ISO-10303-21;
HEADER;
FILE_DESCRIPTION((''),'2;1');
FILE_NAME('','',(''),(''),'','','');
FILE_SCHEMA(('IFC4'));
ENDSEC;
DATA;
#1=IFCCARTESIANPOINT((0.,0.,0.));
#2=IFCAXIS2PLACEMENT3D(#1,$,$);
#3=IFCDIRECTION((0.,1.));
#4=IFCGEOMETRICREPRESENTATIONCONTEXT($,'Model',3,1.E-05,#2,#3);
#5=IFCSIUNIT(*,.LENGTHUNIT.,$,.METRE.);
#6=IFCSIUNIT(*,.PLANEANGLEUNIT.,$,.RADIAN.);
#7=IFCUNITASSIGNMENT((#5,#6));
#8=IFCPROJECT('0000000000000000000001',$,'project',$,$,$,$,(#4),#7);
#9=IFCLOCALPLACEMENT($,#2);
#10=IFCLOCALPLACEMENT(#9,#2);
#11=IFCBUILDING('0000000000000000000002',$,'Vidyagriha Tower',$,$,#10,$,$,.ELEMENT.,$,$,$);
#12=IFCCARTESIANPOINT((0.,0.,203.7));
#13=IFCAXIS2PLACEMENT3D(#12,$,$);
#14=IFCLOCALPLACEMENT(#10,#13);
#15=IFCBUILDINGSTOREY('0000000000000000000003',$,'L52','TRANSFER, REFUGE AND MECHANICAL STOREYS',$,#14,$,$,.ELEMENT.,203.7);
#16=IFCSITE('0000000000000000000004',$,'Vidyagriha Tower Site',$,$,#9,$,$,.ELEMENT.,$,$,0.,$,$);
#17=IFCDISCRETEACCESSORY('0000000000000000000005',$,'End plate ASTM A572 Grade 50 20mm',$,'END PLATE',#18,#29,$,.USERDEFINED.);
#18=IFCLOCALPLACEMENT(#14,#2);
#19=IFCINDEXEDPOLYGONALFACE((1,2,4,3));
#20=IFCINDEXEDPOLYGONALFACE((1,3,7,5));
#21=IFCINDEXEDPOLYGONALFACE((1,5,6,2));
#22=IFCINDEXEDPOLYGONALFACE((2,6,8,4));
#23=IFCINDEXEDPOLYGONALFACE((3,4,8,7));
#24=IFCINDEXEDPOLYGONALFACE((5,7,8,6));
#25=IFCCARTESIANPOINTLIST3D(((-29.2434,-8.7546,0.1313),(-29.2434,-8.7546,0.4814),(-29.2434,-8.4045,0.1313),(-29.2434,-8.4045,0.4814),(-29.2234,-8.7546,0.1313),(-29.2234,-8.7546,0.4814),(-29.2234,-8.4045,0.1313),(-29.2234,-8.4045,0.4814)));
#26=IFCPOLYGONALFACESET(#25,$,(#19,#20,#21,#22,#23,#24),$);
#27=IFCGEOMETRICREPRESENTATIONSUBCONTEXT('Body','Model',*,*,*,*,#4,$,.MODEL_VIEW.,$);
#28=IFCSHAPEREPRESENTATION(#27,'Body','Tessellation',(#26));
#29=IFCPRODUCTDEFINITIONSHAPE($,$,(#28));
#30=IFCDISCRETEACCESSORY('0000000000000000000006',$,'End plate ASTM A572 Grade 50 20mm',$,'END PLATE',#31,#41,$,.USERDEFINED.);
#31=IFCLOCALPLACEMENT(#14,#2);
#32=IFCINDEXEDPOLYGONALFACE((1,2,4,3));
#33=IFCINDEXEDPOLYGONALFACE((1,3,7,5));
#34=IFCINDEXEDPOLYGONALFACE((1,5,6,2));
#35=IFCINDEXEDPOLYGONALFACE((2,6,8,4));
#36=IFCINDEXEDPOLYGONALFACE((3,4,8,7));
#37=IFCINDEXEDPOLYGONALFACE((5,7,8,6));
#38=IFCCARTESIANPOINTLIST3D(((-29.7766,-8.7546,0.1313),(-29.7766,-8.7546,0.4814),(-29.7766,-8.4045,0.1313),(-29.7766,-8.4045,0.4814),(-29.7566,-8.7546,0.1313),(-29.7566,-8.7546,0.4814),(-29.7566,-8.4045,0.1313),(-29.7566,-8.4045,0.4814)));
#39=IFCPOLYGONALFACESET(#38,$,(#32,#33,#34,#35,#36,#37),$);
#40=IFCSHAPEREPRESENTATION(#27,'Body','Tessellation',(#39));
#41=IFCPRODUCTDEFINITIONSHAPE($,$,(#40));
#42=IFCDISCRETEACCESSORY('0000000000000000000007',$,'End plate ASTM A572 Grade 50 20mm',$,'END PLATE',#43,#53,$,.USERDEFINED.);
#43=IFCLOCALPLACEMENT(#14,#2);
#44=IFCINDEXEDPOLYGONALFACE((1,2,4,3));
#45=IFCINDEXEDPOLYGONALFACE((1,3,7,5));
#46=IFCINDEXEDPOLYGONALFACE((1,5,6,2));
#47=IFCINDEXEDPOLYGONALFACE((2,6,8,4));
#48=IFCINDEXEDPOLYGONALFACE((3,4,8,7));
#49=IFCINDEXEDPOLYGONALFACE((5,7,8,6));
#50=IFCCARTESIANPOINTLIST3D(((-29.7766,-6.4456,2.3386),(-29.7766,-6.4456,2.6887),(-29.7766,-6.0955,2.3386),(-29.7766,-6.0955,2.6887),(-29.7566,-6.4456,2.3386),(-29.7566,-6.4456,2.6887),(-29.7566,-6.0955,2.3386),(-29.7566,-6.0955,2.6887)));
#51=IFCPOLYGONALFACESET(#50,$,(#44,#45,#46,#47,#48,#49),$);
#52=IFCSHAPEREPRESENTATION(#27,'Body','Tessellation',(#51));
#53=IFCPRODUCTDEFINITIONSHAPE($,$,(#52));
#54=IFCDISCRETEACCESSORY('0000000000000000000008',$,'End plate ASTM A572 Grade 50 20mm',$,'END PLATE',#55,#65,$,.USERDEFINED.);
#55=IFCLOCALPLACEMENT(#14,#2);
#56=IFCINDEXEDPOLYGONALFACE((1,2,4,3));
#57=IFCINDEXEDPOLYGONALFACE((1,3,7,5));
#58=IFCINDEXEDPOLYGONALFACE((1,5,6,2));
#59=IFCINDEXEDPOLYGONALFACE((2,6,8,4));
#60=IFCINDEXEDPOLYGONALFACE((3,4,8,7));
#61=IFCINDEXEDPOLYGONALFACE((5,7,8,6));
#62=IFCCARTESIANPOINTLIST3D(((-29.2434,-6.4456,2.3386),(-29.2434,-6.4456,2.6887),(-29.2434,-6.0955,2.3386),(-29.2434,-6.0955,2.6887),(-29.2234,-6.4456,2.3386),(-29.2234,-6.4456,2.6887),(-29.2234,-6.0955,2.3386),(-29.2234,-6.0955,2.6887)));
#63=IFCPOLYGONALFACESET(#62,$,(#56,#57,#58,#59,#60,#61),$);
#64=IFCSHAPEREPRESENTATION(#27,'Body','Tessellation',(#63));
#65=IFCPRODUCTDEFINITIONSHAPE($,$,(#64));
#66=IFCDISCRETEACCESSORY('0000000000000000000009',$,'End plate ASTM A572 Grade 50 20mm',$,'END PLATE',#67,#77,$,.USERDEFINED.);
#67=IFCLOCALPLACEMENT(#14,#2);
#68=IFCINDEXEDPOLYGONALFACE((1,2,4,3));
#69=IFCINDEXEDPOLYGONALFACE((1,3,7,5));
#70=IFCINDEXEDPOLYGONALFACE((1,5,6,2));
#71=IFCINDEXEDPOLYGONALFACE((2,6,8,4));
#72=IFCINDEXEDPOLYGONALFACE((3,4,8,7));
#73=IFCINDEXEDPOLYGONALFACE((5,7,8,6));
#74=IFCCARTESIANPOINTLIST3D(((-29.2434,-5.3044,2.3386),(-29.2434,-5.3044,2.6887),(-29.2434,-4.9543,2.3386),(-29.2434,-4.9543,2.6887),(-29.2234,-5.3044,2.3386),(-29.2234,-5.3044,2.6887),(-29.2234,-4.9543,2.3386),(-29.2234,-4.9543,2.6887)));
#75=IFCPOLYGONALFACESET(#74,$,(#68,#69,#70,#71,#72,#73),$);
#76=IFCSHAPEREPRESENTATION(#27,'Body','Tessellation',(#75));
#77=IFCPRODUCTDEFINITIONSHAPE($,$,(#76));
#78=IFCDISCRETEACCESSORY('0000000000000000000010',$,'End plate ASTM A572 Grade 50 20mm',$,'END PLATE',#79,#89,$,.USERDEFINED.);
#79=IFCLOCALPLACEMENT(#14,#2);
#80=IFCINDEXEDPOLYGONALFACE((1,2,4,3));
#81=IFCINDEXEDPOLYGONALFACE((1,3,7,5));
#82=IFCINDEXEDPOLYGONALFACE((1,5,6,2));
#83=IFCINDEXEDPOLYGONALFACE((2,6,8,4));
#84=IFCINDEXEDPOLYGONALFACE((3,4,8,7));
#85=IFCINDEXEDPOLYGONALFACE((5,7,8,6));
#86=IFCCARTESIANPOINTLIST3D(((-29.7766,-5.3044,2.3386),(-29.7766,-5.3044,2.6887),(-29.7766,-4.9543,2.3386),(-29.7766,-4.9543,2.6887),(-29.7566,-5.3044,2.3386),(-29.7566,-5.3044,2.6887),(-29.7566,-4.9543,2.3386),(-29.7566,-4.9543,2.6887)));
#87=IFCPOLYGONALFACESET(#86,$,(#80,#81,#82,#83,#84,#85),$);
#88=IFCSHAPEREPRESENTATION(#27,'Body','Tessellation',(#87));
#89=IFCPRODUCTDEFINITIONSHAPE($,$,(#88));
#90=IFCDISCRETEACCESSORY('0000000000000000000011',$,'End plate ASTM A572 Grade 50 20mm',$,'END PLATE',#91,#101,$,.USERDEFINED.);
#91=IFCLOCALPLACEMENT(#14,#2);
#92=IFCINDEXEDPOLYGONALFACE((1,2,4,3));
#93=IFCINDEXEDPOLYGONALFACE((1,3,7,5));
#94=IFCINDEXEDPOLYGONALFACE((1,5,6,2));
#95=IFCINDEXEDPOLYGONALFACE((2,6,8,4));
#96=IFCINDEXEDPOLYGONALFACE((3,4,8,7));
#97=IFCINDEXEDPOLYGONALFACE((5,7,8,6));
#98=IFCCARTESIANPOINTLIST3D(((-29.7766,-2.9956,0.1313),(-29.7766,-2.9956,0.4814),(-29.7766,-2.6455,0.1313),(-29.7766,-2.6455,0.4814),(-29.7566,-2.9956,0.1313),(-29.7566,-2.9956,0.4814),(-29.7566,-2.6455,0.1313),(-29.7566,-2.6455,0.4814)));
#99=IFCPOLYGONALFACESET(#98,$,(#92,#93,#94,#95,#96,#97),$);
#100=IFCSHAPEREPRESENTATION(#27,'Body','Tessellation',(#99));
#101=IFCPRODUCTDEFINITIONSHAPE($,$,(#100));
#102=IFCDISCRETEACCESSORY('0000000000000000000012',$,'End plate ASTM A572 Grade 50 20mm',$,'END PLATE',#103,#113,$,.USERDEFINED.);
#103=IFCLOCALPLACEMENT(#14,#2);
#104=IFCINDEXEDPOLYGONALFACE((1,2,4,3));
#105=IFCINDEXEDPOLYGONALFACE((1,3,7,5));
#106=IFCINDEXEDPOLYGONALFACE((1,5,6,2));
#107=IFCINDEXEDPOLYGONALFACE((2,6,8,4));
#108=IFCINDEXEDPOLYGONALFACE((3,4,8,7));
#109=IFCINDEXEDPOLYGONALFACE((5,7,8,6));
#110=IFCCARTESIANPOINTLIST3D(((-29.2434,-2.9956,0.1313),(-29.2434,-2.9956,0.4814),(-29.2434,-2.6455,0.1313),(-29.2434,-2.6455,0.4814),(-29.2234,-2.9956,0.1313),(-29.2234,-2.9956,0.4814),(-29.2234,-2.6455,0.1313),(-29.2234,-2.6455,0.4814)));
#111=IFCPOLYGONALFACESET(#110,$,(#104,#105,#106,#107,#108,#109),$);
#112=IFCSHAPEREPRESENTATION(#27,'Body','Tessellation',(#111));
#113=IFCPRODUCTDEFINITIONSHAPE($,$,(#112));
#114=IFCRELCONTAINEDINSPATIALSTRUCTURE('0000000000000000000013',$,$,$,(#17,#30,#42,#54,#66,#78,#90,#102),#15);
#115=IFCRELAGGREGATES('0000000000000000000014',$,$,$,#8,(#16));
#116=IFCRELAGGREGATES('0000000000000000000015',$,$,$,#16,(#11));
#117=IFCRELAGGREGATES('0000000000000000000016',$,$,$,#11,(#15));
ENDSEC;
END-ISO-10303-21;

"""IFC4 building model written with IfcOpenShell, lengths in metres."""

from ifc_helpers import new_model, si_unit, direction, frame, origin, origin_2d, place, context, subcontext, project, spatial, rectangle, extrude, element, save


model = new_model("IFC4")

# Units and contexts
model_context = context("Model", 3, precision=1e-05, world=origin(), true_north=direction((0.0, 1.0)))
body_context = subcontext(model_context, "Body", "Model", "MODEL_VIEW")
ifc_project = project(units=[si_unit("LENGTHUNIT", "METRE"), si_unit("PLANEANGLEUNIT", "RADIAN")], contexts=[model_context])

# Site, building, storey
site_placement = place(None, origin())
site = spatial("IfcSite", under=ifc_project, at=site_placement, Name="Vidyagriha Tower Site", CompositionType="ELEMENT", RefElevation=0.0)
building_placement = place(site_placement, origin())
building = spatial("IfcBuilding", under=site, at=building_placement, Name="Vidyagriha Tower", CompositionType="ELEMENT")
storey_placement = place(building_placement, frame((0.0, 0.0, 203.7)))
storey = spatial("IfcBuildingStorey", under=building, at=storey_placement, Name="L52", Description="TRANSFER, REFUGE AND MECHANICAL STOREYS", CompositionType="ELEMENT", Elevation=203.7)

# Discrete accessories
for number, where, z_axis, x_axis, name in (
    (1, (-29.2334, -8.5796, 0.1313), (0.0, 0.0, 1.0), (0.0, -1.0, 0.0), "End plate ASTM A572 Grade 50 20mm"),
    (2, (-29.7666, -8.5796, 0.1313), (0.0, 0.0, 1.0), (0.0, -1.0, 0.0), "End plate ASTM A572 Grade 50 20mm"),
    (3, (-29.7666, -6.2705, 2.3386), (0.0, 0.0, 1.0), (0.0, 1.0, 0.0), "End plate ASTM A572 Grade 50 20mm"),
    (4, (-29.2334, -6.2705, 2.3386), (0.0, 0.0, 1.0), (0.0, 1.0, 0.0), "End plate ASTM A572 Grade 50 20mm"),
    (5, (-29.2334, -5.1294, 2.3386), (0.0, 0.0, 1.0), (0.0, -1.0, 0.0), "End plate ASTM A572 Grade 50 20mm"),
    (6, (-29.7666, -5.1294, 2.3386), (0.0, 0.0, 1.0), (0.0, -1.0, 0.0), "End plate ASTM A572 Grade 50 20mm"),
    (7, (-29.7666, -2.8206, 0.1313), (0.0, 0.0, 1.0), (0.0, 1.0, 0.0), "End plate ASTM A572 Grade 50 20mm"),
    (8, (-29.2334, -2.8206, 0.1313), (0.0, 0.0, 1.0), (0.0, 1.0, 0.0), "End plate ASTM A572 Grade 50 20mm"),
):
    element("IfcDiscreteAccessory", number, at=place(storey_placement, frame(where, z_axis=z_axis, x_axis=x_axis)), inside=storey, Name=name, ObjectType="END PLATE", PredefinedType="USERDEFINED", context=body_context, shape_type="SweptSolid", body=[
        extrude(rectangle(XDim=0.3501, YDim=0.02, at=origin_2d()), origin(), (0.0, 0.0, 1.0), 0.3501),
    ])

save(model, "model.ifc")
